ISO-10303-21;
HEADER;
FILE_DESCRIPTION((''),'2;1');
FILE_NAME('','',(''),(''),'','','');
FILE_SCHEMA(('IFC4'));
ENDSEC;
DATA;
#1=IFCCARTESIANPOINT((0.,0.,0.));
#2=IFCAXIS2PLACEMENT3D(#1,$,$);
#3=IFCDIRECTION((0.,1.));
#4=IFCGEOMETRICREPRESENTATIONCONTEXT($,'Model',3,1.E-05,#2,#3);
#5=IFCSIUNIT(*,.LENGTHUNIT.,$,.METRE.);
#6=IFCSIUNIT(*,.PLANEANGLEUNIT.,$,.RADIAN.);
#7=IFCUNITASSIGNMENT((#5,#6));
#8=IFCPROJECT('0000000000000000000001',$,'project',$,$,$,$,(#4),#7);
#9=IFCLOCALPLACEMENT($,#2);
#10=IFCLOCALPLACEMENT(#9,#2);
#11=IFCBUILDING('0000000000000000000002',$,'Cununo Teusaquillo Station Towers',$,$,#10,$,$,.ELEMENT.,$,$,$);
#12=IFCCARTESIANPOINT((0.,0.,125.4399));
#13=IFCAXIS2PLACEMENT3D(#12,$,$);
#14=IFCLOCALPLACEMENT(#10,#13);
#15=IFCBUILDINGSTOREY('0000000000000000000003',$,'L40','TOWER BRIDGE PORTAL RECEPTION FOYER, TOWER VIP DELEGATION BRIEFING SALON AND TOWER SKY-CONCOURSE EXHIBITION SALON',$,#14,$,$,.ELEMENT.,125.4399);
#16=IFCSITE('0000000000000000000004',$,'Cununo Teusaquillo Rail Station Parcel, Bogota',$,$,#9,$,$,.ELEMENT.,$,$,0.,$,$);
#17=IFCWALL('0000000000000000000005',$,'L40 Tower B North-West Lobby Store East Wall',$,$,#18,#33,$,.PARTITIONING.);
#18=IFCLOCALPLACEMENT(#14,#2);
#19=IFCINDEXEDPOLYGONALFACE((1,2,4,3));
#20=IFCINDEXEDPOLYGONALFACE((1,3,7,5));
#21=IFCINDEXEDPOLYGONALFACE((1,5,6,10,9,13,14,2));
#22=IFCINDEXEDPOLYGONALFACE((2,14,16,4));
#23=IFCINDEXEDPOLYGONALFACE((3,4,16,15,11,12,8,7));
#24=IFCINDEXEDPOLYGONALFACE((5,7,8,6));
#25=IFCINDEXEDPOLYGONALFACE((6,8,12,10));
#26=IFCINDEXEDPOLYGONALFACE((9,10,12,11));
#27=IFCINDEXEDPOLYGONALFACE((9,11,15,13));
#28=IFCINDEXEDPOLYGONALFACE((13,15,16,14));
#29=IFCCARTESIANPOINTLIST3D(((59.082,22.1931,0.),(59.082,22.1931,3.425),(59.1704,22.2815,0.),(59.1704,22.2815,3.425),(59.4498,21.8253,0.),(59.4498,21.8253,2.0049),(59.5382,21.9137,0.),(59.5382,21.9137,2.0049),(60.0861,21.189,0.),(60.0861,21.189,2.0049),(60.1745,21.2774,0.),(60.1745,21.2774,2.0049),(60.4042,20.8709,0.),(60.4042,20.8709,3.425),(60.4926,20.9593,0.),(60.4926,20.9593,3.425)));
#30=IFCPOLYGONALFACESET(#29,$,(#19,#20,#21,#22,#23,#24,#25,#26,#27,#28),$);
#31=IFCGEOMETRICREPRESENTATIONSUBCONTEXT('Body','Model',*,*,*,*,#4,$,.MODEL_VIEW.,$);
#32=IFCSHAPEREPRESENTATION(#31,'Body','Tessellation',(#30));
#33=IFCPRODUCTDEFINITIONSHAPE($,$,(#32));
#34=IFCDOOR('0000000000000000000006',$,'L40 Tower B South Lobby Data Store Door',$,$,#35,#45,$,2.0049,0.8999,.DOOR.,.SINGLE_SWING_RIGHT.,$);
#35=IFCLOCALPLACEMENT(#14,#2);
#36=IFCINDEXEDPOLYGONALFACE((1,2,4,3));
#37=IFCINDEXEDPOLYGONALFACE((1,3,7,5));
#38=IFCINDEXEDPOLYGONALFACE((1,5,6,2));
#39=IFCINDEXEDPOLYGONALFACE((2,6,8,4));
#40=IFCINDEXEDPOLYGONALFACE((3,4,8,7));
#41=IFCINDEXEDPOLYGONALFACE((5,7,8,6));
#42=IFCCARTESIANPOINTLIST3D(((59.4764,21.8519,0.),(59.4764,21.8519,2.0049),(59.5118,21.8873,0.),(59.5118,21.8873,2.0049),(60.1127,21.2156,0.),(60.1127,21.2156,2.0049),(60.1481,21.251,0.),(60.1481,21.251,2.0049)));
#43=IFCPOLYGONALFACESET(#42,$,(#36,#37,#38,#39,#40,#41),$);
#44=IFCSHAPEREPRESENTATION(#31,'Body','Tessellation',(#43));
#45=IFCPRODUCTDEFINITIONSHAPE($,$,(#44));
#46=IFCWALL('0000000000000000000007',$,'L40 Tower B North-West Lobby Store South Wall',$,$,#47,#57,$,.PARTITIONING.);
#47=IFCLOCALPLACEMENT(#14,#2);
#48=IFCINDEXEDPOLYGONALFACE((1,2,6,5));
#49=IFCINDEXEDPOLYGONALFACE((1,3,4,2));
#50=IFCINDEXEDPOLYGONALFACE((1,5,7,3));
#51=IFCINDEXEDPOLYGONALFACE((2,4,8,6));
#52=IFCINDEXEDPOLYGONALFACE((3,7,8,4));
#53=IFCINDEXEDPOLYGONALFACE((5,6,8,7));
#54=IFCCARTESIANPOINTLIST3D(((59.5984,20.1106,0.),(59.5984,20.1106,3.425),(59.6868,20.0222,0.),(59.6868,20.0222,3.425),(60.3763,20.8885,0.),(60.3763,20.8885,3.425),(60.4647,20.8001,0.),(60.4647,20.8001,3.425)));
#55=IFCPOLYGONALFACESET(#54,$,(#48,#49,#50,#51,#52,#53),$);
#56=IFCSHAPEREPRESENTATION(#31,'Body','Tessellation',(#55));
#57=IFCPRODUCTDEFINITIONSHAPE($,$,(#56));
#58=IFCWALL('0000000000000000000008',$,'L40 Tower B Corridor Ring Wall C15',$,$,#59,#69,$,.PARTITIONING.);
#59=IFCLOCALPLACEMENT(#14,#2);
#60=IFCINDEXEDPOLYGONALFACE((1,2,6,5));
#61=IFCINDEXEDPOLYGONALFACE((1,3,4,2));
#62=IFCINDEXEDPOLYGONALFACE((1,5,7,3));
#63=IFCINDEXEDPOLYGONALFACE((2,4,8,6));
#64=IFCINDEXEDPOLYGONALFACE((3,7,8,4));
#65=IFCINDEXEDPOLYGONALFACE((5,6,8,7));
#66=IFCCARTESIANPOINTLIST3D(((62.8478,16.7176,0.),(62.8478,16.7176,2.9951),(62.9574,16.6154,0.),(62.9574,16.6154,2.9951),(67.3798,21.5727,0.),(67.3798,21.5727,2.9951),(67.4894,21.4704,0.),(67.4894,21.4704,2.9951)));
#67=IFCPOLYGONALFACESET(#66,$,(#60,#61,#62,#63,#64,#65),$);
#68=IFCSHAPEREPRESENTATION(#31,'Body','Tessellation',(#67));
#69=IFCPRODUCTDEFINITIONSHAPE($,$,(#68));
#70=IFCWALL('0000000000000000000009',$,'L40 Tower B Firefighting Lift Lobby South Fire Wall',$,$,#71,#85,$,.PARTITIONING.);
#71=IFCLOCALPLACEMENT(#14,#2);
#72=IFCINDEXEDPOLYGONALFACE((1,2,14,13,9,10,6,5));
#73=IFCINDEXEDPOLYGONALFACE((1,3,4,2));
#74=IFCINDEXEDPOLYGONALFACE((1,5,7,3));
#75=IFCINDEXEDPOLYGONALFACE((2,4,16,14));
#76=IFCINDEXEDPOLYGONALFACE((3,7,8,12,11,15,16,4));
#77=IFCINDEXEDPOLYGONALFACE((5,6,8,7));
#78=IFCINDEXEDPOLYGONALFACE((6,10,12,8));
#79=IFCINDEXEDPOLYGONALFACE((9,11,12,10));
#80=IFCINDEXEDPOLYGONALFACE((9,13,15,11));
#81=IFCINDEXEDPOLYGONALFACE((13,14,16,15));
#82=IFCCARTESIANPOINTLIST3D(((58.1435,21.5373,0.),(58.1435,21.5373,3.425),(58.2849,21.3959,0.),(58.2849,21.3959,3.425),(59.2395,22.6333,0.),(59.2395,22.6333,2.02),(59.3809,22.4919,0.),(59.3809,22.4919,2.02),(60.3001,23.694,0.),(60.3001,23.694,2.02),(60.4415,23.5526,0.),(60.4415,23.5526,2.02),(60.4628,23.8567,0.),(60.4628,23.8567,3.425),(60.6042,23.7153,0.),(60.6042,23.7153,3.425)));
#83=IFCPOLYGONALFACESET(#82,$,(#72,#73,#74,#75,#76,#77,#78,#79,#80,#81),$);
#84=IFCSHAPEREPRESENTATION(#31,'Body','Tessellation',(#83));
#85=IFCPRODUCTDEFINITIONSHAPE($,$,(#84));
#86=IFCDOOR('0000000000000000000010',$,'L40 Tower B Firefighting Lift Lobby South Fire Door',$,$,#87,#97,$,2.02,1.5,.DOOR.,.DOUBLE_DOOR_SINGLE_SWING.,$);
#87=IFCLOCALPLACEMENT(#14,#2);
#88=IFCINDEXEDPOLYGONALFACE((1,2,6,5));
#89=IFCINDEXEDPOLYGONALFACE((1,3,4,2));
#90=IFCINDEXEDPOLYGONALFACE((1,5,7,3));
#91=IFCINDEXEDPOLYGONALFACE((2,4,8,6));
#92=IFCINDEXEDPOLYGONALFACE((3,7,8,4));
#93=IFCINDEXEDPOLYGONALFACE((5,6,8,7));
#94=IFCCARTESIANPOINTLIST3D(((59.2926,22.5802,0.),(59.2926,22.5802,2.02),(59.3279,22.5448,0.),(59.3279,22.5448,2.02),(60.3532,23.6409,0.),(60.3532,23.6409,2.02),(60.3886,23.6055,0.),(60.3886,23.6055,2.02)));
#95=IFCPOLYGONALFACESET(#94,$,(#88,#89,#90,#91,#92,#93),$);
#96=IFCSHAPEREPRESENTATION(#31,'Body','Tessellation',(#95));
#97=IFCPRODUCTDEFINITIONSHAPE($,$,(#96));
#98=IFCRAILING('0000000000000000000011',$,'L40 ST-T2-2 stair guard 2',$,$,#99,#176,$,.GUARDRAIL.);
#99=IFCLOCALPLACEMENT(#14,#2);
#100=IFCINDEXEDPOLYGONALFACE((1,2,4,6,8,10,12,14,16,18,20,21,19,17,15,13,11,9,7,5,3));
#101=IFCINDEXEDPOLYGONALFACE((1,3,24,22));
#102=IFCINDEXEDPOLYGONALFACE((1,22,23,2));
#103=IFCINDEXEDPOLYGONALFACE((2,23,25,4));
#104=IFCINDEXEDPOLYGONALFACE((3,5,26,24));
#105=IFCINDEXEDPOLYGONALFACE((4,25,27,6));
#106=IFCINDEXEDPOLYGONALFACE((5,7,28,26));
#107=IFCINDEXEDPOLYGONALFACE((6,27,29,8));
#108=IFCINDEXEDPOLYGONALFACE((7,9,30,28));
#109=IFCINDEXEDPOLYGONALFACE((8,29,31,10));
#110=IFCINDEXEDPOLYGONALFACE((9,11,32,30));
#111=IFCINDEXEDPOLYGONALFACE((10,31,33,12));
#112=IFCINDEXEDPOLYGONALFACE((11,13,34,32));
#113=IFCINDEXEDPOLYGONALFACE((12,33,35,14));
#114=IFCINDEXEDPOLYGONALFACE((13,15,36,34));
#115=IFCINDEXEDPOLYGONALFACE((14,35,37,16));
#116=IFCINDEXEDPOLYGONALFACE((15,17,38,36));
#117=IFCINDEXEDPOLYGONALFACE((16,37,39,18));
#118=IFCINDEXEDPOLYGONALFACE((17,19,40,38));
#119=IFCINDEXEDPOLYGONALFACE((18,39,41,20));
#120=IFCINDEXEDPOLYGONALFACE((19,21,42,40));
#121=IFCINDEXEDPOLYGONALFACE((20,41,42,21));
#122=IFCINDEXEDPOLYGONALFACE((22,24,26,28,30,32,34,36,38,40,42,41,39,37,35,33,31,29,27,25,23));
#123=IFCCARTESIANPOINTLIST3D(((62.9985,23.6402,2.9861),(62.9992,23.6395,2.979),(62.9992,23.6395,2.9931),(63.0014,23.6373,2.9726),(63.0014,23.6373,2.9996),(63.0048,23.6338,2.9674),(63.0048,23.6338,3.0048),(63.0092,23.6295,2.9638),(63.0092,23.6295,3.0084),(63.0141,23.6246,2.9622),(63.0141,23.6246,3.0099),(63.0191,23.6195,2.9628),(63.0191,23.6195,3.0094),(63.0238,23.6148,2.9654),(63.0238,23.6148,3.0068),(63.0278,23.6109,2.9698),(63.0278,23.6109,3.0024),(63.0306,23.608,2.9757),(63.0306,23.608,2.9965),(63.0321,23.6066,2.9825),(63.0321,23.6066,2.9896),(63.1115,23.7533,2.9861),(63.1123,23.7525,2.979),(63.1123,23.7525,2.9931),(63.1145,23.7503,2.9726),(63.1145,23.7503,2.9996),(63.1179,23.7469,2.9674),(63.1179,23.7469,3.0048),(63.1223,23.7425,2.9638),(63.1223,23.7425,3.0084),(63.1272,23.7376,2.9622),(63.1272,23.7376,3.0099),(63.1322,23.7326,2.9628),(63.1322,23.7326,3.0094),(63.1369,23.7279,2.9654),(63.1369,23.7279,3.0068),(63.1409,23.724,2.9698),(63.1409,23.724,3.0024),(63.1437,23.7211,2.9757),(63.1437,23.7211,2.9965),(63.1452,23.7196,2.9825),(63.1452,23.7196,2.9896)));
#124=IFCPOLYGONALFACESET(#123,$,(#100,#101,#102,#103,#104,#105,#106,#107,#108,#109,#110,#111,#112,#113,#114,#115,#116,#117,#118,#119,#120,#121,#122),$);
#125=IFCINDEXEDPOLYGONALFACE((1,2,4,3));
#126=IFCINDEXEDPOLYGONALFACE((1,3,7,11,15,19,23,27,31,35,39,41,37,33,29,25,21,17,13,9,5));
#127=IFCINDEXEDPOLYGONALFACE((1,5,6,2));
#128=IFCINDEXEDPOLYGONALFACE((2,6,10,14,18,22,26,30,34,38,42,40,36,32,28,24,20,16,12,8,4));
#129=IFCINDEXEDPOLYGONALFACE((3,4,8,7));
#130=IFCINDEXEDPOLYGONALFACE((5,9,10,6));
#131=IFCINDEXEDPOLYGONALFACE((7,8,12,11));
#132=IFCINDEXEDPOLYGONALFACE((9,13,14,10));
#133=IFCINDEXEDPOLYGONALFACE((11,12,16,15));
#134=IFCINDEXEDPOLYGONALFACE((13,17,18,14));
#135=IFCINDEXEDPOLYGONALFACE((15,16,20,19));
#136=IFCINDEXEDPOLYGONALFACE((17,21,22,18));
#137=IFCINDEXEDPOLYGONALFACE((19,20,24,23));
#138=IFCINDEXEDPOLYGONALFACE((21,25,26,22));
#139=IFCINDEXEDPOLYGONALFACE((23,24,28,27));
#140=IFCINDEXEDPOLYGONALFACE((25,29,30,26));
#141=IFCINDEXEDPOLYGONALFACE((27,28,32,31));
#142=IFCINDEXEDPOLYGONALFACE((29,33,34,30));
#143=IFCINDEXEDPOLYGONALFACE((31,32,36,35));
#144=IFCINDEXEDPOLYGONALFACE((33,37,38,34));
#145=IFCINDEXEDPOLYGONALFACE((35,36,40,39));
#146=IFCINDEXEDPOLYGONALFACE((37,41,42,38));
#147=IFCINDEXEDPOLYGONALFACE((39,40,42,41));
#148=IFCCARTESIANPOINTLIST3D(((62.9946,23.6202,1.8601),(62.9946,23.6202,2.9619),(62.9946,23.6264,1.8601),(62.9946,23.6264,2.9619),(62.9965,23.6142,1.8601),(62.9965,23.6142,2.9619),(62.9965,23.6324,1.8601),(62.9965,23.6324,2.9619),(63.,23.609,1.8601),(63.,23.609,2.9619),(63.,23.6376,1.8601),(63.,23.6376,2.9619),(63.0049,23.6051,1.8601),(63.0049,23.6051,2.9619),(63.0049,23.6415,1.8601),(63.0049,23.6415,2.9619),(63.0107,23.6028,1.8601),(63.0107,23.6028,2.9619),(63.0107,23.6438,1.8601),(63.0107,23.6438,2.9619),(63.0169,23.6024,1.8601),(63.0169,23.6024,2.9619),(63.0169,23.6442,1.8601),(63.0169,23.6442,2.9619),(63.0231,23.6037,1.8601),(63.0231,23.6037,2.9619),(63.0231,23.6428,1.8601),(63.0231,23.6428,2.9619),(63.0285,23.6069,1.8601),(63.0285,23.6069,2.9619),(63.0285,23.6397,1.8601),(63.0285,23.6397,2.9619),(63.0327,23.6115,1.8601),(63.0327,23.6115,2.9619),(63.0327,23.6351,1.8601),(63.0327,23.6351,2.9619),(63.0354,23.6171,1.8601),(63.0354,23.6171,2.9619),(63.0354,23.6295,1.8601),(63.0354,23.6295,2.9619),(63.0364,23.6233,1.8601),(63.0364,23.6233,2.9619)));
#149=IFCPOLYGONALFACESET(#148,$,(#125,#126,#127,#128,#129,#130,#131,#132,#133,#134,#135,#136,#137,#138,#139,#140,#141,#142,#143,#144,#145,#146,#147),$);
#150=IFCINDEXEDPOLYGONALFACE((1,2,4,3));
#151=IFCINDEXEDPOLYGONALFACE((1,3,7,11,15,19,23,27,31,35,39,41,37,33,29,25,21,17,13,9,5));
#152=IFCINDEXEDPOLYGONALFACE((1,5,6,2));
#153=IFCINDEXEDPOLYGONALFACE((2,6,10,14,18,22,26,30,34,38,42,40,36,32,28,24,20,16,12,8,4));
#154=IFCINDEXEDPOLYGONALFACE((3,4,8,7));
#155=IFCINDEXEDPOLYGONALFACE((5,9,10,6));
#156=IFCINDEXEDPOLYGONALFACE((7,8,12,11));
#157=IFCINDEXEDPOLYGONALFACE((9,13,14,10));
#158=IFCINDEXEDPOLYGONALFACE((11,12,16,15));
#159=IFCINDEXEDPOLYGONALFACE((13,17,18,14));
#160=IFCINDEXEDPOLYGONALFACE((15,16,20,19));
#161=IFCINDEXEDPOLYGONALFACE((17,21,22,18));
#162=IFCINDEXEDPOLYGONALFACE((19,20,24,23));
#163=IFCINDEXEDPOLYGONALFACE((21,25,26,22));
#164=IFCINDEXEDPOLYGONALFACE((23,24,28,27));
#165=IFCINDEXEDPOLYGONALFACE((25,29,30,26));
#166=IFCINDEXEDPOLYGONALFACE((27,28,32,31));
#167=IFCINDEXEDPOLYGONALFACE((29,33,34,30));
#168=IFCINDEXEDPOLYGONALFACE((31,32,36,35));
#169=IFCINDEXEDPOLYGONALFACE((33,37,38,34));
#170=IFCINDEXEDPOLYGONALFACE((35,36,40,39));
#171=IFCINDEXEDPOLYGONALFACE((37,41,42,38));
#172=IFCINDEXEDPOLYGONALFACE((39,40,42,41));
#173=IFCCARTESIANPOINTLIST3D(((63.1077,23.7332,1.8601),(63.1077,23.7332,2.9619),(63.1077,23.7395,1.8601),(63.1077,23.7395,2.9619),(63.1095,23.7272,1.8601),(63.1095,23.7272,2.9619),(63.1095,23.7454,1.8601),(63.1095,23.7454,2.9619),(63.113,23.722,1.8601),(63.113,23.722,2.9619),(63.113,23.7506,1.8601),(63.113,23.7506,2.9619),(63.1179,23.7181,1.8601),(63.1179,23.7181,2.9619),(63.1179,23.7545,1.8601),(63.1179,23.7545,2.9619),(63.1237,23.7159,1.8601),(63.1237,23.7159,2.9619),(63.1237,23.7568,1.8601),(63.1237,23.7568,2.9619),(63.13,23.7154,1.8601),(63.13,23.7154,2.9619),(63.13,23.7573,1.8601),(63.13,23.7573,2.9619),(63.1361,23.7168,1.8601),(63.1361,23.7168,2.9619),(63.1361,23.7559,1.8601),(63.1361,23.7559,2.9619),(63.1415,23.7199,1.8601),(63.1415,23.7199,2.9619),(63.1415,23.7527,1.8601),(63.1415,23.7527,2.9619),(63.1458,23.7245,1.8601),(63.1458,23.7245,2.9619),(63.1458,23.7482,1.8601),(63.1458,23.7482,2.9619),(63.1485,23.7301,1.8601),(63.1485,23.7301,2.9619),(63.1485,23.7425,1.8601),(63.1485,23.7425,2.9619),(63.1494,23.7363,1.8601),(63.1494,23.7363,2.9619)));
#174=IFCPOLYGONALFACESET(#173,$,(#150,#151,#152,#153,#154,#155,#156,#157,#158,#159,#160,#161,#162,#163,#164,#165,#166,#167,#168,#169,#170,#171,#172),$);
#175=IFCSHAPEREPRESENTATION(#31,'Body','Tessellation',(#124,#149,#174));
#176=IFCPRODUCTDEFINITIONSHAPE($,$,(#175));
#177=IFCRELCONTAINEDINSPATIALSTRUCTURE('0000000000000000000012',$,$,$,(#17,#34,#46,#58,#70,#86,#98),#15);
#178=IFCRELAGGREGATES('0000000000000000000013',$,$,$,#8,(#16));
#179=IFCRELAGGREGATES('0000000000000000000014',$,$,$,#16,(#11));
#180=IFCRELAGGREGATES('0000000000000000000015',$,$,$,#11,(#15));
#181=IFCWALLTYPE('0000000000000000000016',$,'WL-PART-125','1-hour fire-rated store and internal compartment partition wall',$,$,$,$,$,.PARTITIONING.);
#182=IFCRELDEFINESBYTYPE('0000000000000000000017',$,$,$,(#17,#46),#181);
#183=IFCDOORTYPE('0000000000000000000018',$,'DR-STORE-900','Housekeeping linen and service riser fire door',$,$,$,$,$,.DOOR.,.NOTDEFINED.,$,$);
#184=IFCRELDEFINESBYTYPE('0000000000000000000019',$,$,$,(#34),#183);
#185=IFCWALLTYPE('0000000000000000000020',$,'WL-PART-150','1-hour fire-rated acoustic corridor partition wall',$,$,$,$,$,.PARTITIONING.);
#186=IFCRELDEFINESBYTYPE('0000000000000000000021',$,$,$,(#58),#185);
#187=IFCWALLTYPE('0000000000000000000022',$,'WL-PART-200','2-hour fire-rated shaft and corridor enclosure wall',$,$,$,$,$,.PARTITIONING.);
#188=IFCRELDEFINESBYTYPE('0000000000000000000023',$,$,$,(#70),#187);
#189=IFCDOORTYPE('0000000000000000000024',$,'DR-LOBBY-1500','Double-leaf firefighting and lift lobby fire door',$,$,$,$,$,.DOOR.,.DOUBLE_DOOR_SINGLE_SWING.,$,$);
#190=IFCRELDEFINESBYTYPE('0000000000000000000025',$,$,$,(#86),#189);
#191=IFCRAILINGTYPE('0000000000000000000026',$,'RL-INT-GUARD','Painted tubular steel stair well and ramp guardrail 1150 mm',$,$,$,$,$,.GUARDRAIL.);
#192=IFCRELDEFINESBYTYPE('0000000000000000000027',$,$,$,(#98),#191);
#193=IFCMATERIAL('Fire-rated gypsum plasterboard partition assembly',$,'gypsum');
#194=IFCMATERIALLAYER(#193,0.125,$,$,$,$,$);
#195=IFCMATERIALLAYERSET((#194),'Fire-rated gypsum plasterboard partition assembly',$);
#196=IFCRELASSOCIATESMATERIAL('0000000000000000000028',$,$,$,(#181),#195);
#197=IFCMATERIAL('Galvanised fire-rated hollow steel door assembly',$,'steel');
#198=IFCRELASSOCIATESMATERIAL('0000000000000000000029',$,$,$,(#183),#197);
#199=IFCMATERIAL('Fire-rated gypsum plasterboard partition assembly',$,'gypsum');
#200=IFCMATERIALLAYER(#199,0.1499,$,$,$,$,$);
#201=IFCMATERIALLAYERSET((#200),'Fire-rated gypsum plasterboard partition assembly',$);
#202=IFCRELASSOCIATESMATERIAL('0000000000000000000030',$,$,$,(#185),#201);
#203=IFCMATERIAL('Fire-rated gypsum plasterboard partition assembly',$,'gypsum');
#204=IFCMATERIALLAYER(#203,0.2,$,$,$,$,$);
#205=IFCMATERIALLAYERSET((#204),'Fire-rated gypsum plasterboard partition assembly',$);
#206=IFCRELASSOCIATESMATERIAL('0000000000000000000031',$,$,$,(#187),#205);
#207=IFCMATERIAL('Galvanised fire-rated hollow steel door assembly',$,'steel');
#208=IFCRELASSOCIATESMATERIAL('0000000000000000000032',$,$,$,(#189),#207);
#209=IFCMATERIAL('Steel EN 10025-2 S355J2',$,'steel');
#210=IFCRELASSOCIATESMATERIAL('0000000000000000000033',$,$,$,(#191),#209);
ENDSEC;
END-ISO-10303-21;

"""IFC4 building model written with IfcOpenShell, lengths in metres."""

from ifc_helpers import new_model, si_unit, direction, frame, frame_2d, origin, origin_2d, place, context, subcontext, project, spatial, rectangle, circle, extrude, source, transform, mapped, material, layer, layer_set, type_object, element, fill, save


model = new_model("IFC4")

# Units and contexts
model_context = context("Model", 3, precision=1e-05, world=origin(), true_north=direction((0.0, 1.0)))
body_context = subcontext(model_context, "Body", "Model", "MODEL_VIEW")
ifc_project = project(units=[si_unit("LENGTHUNIT", "METRE"), si_unit("PLANEANGLEUNIT", "RADIAN")], contexts=[model_context])

# Site, building, storey
site_placement = place(None, origin())
site = spatial("IfcSite", under=ifc_project, at=site_placement, Name="Cununo Teusaquillo Rail Station Parcel, Bogota", CompositionType="ELEMENT", RefElevation=0.0)
building_placement = place(site_placement, origin())
building = spatial("IfcBuilding", under=site, at=building_placement, Name="Cununo Teusaquillo Station Towers", CompositionType="ELEMENT")
storey_placement = place(building_placement, frame((0.0, 0.0, 125.4399)))
storey = spatial("IfcBuildingStorey", under=building, at=storey_placement, Name="L40", Description="TOWER BRIDGE PORTAL RECEPTION FOYER, TOWER VIP DELEGATION BRIEFING SALON AND TOWER SKY-CONCOURSE EXHIBITION SALON", CompositionType="ELEMENT", Elevation=125.4399)

# Wall, opening, door
ifc_material_1 = material(Name="Fire-rated gypsum plasterboard partition assembly", Category="gypsum")
ifc_layer_1 = layer(ifc_material_1, 0.125)
ifc_layer_set_1 = layer_set([ifc_layer_1], Name="Fire-rated gypsum plasterboard partition assembly")
wall_type_1 = type_object("IfcWallType", Name="WL-PART-125", Description="1-hour fire-rated store and internal compartment partition wall", PredefinedType="PARTITIONING", material=ifc_layer_set_1)
wall_1_placement = place(storey_placement, frame((60.4485, 20.915, 0.0), z_axis=(0.0, 0.0, 1.0), x_axis=(-0.707107, 0.707107, 0.0)))
wall_1 = element("IfcWall", 1, at=wall_1_placement, inside=storey, type_object=wall_type_1, Name="L40 Tower B North-West Lobby Store East Wall", PredefinedType="PARTITIONING", context=body_context, shape_type="SweptSolid", body=[
    extrude(rectangle(XDim=1.8699, YDim=0.125, at=frame_2d((0.9351, 0.0))), origin(), (0.0, 0.0, 1.0), 3.425),
])
shared_shape_1 = source(origin(), body_context, "Body", "SweptSolid", [
    extrude(rectangle(XDim=0.8999, YDim=2.0049, at=frame_2d((0.45, 1.0024))), frame((0.0, 0.0725, 0.0), z_axis=(0.0, -1.0, 0.0), x_axis=(1.0, 0.0, 0.0)), (0.0, 0.0, 1.0), 0.145),
])
opening_1_placement = place(wall_1_placement, frame((0.45, 0.0, 0.0)))
opening_1 = element("IfcOpeningElement", 2, at=opening_1_placement, cuts=wall_1, PredefinedType="OPENING", context=body_context, shape_type="MappedRepresentation", body=[
    mapped(shared_shape_1, transform((0.0, 0.0, 0.0), x_axis=(1.0, 0.0, 0.0), y_axis=(0.0, 1.0, 0.0), z_axis=(0.0, 0.0, 1.0), scale=1.0)),
])
ifc_material_2 = material(Name="Galvanised fire-rated hollow steel door assembly", Category="steel")
door_type_1 = type_object("IfcDoorType", Name="DR-STORE-900", Description="Housekeeping linen and service riser fire door", OperationType="NOTDEFINED", PredefinedType="DOOR", material=ifc_material_2)
shared_shape_2 = source(origin(), body_context, "Body", "SweptSolid", [
    extrude(rectangle(XDim=0.8999, YDim=2.0049, at=frame_2d((0.45, 1.0024))), frame((0.0, 0.0249, 0.0), z_axis=(0.0, -1.0, 0.0), x_axis=(1.0, 0.0, 0.0)), (0.0, 0.0, 1.0), 0.05),
])
door_1_placement = place(opening_1_placement, origin())
door_1 = element("IfcDoor", 3, at=door_1_placement, inside=storey, type_object=door_type_1, Name="L40 Tower B South Lobby Data Store Door", OperationType="SINGLE_SWING_RIGHT", OverallHeight=2.0049, OverallWidth=0.8999, PredefinedType="DOOR", context=body_context, shape_type="MappedRepresentation", body=[
    mapped(shared_shape_2, transform((0.0, 0.0, 0.0), x_axis=(1.0, 0.0, 0.0), y_axis=(0.0, 1.0, 0.0), z_axis=(0.0, 0.0, 1.0), scale=1.0)),
])
fill(opening_1, door_1)

# Walls
wall_2_placement = place(storey_placement, frame((59.6426, 20.0664, 0.0), z_axis=(0.0, 0.0, 1.0), x_axis=(0.707107, 0.707107, 0.0)))
element("IfcWall", 4, at=wall_2_placement, inside=storey, type_object=wall_type_1, Name="L40 Tower B North-West Lobby Store South Wall", PredefinedType="PARTITIONING", context=body_context, shape_type="SweptSolid", body=[
    extrude(rectangle(XDim=1.1001, YDim=0.125, at=frame_2d((0.55, 0.0))), origin(), (0.0, 0.0, 1.0), 3.425),
])
ifc_material_3 = material(Name="Fire-rated gypsum plasterboard partition assembly", Category="gypsum")
ifc_layer_2 = layer(ifc_material_3, 0.1499)
ifc_layer_set_2 = layer_set([ifc_layer_2], Name="Fire-rated gypsum plasterboard partition assembly")
wall_type_2 = type_object("IfcWallType", Name="WL-PART-150", Description="1-hour fire-rated acoustic corridor partition wall", PredefinedType="PARTITIONING", material=ifc_layer_set_2)
wall_3_placement = place(storey_placement, frame((62.9026, 16.6665, 0.0), z_axis=(0.0, 0.0, 1.0), x_axis=(0.682372, 0.731005, 0.0)))
element("IfcWall", 5, at=wall_3_placement, inside=storey, type_object=wall_type_2, Name="L40 Tower B Corridor Ring Wall C15", PredefinedType="PARTITIONING", context=body_context, shape_type="SweptSolid", body=[
    extrude(rectangle(XDim=6.6416, YDim=0.1499, at=frame_2d((3.3208, 0.0))), origin(), (0.0, 0.0, 1.0), 2.9951),
])

# Wall, opening, door
ifc_material_4 = material(Name="Fire-rated gypsum plasterboard partition assembly", Category="gypsum")
ifc_layer_3 = layer(ifc_material_4, 0.2)
ifc_layer_set_3 = layer_set([ifc_layer_3], Name="Fire-rated gypsum plasterboard partition assembly")
wall_type_3 = type_object("IfcWallType", Name="WL-PART-200", Description="2-hour fire-rated shaft and corridor enclosure wall", PredefinedType="PARTITIONING", material=ifc_layer_set_3)
wall_4_placement = place(storey_placement, frame((58.2141, 21.4666, 0.0), z_axis=(0.0, 0.0, 1.0), x_axis=(0.707107, 0.707107, 0.0)))
wall_4 = element("IfcWall", 6, at=wall_4_placement, inside=storey, type_object=wall_type_3, Name="L40 Tower B Firefighting Lift Lobby South Fire Wall", PredefinedType="PARTITIONING", context=body_context, shape_type="SweptSolid", body=[
    extrude(rectangle(XDim=3.28, YDim=0.2, at=frame_2d((1.6401, 0.0))), origin(), (0.0, 0.0, 1.0), 3.425),
])
shared_shape_3 = source(origin(), body_context, "Body", "SweptSolid", [
    extrude(rectangle(XDim=1.5, YDim=2.02, at=frame_2d((0.75, 1.01))), frame((0.0, 0.1099, 0.0), z_axis=(0.0, -1.0, 0.0), x_axis=(1.0, 0.0, 0.0)), (0.0, 0.0, 1.0), 0.22),
])
opening_2_placement = place(wall_4_placement, frame((1.55, 0.0, 0.0)))
opening_2 = element("IfcOpeningElement", 7, at=opening_2_placement, cuts=wall_4, PredefinedType="OPENING", context=body_context, shape_type="MappedRepresentation", body=[
    mapped(shared_shape_3, transform((0.0, 0.0, 0.0), x_axis=(1.0, 0.0, 0.0), y_axis=(0.0, 1.0, 0.0), z_axis=(0.0, 0.0, 1.0), scale=1.0)),
])
ifc_material_5 = material(Name="Galvanised fire-rated hollow steel door assembly", Category="steel")
door_type_2 = type_object("IfcDoorType", Name="DR-LOBBY-1500", Description="Double-leaf firefighting and lift lobby fire door", OperationType="DOUBLE_DOOR_SINGLE_SWING", PredefinedType="DOOR", material=ifc_material_5)
shared_shape_4 = source(origin(), body_context, "Body", "SweptSolid", [
    extrude(rectangle(XDim=1.5, YDim=2.02, at=frame_2d((0.75, 1.01))), frame((0.0, 0.0249, 0.0), z_axis=(0.0, -1.0, 0.0), x_axis=(1.0, 0.0, 0.0)), (0.0, 0.0, 1.0), 0.05),
])
door_2_placement = place(opening_2_placement, origin())
door_2 = element("IfcDoor", 8, at=door_2_placement, inside=storey, type_object=door_type_2, Name="L40 Tower B Firefighting Lift Lobby South Fire Door", OperationType="DOUBLE_DOOR_SINGLE_SWING", OverallHeight=2.02, OverallWidth=1.5, PredefinedType="DOOR", context=body_context, shape_type="MappedRepresentation", body=[
    mapped(shared_shape_4, transform((0.0, 0.0, 0.0), x_axis=(1.0, 0.0, 0.0), y_axis=(0.0, 1.0, 0.0), z_axis=(0.0, 0.0, 1.0), scale=1.0)),
])
fill(opening_2, door_2)

# Railing
ifc_material_6 = material(Name="Steel EN 10025-2 S355J2", Category="steel")
railing_type = type_object("IfcRailingType", Name="RL-INT-GUARD", Description="Painted tubular steel stair well and ramp guardrail 1150 mm", PredefinedType="GUARDRAIL", material=ifc_material_6)
railing_1_placement = place(storey_placement, frame((63.0154, 23.6233, 1.8601)))
element("IfcRailing", 9, at=railing_1_placement, inside=storey, type_object=railing_type, Name="L40 ST-T2-2 stair guard 2", PredefinedType="GUARDRAIL", context=body_context, shape_type="SweptSolid", body=[
    extrude(circle(Radius=0.0239, at=origin_2d()), frame((0.0, 0.0, 1.126), z_axis=(0.707107, 0.707107, 0.0), x_axis=(-0.707107, 0.707107, 0.0)), (0.0, 0.0, 1.0), 0.1599),
    extrude(circle(Radius=0.021, at=origin_2d()), origin(), (0.0, 0.0, 1.0), 1.1018),
    extrude(circle(Radius=0.021, at=origin_2d()), frame((0.113, 0.113, 0.0)), (0.0, 0.0, 1.0), 1.1018),
])

save(model, "model.ifc")
